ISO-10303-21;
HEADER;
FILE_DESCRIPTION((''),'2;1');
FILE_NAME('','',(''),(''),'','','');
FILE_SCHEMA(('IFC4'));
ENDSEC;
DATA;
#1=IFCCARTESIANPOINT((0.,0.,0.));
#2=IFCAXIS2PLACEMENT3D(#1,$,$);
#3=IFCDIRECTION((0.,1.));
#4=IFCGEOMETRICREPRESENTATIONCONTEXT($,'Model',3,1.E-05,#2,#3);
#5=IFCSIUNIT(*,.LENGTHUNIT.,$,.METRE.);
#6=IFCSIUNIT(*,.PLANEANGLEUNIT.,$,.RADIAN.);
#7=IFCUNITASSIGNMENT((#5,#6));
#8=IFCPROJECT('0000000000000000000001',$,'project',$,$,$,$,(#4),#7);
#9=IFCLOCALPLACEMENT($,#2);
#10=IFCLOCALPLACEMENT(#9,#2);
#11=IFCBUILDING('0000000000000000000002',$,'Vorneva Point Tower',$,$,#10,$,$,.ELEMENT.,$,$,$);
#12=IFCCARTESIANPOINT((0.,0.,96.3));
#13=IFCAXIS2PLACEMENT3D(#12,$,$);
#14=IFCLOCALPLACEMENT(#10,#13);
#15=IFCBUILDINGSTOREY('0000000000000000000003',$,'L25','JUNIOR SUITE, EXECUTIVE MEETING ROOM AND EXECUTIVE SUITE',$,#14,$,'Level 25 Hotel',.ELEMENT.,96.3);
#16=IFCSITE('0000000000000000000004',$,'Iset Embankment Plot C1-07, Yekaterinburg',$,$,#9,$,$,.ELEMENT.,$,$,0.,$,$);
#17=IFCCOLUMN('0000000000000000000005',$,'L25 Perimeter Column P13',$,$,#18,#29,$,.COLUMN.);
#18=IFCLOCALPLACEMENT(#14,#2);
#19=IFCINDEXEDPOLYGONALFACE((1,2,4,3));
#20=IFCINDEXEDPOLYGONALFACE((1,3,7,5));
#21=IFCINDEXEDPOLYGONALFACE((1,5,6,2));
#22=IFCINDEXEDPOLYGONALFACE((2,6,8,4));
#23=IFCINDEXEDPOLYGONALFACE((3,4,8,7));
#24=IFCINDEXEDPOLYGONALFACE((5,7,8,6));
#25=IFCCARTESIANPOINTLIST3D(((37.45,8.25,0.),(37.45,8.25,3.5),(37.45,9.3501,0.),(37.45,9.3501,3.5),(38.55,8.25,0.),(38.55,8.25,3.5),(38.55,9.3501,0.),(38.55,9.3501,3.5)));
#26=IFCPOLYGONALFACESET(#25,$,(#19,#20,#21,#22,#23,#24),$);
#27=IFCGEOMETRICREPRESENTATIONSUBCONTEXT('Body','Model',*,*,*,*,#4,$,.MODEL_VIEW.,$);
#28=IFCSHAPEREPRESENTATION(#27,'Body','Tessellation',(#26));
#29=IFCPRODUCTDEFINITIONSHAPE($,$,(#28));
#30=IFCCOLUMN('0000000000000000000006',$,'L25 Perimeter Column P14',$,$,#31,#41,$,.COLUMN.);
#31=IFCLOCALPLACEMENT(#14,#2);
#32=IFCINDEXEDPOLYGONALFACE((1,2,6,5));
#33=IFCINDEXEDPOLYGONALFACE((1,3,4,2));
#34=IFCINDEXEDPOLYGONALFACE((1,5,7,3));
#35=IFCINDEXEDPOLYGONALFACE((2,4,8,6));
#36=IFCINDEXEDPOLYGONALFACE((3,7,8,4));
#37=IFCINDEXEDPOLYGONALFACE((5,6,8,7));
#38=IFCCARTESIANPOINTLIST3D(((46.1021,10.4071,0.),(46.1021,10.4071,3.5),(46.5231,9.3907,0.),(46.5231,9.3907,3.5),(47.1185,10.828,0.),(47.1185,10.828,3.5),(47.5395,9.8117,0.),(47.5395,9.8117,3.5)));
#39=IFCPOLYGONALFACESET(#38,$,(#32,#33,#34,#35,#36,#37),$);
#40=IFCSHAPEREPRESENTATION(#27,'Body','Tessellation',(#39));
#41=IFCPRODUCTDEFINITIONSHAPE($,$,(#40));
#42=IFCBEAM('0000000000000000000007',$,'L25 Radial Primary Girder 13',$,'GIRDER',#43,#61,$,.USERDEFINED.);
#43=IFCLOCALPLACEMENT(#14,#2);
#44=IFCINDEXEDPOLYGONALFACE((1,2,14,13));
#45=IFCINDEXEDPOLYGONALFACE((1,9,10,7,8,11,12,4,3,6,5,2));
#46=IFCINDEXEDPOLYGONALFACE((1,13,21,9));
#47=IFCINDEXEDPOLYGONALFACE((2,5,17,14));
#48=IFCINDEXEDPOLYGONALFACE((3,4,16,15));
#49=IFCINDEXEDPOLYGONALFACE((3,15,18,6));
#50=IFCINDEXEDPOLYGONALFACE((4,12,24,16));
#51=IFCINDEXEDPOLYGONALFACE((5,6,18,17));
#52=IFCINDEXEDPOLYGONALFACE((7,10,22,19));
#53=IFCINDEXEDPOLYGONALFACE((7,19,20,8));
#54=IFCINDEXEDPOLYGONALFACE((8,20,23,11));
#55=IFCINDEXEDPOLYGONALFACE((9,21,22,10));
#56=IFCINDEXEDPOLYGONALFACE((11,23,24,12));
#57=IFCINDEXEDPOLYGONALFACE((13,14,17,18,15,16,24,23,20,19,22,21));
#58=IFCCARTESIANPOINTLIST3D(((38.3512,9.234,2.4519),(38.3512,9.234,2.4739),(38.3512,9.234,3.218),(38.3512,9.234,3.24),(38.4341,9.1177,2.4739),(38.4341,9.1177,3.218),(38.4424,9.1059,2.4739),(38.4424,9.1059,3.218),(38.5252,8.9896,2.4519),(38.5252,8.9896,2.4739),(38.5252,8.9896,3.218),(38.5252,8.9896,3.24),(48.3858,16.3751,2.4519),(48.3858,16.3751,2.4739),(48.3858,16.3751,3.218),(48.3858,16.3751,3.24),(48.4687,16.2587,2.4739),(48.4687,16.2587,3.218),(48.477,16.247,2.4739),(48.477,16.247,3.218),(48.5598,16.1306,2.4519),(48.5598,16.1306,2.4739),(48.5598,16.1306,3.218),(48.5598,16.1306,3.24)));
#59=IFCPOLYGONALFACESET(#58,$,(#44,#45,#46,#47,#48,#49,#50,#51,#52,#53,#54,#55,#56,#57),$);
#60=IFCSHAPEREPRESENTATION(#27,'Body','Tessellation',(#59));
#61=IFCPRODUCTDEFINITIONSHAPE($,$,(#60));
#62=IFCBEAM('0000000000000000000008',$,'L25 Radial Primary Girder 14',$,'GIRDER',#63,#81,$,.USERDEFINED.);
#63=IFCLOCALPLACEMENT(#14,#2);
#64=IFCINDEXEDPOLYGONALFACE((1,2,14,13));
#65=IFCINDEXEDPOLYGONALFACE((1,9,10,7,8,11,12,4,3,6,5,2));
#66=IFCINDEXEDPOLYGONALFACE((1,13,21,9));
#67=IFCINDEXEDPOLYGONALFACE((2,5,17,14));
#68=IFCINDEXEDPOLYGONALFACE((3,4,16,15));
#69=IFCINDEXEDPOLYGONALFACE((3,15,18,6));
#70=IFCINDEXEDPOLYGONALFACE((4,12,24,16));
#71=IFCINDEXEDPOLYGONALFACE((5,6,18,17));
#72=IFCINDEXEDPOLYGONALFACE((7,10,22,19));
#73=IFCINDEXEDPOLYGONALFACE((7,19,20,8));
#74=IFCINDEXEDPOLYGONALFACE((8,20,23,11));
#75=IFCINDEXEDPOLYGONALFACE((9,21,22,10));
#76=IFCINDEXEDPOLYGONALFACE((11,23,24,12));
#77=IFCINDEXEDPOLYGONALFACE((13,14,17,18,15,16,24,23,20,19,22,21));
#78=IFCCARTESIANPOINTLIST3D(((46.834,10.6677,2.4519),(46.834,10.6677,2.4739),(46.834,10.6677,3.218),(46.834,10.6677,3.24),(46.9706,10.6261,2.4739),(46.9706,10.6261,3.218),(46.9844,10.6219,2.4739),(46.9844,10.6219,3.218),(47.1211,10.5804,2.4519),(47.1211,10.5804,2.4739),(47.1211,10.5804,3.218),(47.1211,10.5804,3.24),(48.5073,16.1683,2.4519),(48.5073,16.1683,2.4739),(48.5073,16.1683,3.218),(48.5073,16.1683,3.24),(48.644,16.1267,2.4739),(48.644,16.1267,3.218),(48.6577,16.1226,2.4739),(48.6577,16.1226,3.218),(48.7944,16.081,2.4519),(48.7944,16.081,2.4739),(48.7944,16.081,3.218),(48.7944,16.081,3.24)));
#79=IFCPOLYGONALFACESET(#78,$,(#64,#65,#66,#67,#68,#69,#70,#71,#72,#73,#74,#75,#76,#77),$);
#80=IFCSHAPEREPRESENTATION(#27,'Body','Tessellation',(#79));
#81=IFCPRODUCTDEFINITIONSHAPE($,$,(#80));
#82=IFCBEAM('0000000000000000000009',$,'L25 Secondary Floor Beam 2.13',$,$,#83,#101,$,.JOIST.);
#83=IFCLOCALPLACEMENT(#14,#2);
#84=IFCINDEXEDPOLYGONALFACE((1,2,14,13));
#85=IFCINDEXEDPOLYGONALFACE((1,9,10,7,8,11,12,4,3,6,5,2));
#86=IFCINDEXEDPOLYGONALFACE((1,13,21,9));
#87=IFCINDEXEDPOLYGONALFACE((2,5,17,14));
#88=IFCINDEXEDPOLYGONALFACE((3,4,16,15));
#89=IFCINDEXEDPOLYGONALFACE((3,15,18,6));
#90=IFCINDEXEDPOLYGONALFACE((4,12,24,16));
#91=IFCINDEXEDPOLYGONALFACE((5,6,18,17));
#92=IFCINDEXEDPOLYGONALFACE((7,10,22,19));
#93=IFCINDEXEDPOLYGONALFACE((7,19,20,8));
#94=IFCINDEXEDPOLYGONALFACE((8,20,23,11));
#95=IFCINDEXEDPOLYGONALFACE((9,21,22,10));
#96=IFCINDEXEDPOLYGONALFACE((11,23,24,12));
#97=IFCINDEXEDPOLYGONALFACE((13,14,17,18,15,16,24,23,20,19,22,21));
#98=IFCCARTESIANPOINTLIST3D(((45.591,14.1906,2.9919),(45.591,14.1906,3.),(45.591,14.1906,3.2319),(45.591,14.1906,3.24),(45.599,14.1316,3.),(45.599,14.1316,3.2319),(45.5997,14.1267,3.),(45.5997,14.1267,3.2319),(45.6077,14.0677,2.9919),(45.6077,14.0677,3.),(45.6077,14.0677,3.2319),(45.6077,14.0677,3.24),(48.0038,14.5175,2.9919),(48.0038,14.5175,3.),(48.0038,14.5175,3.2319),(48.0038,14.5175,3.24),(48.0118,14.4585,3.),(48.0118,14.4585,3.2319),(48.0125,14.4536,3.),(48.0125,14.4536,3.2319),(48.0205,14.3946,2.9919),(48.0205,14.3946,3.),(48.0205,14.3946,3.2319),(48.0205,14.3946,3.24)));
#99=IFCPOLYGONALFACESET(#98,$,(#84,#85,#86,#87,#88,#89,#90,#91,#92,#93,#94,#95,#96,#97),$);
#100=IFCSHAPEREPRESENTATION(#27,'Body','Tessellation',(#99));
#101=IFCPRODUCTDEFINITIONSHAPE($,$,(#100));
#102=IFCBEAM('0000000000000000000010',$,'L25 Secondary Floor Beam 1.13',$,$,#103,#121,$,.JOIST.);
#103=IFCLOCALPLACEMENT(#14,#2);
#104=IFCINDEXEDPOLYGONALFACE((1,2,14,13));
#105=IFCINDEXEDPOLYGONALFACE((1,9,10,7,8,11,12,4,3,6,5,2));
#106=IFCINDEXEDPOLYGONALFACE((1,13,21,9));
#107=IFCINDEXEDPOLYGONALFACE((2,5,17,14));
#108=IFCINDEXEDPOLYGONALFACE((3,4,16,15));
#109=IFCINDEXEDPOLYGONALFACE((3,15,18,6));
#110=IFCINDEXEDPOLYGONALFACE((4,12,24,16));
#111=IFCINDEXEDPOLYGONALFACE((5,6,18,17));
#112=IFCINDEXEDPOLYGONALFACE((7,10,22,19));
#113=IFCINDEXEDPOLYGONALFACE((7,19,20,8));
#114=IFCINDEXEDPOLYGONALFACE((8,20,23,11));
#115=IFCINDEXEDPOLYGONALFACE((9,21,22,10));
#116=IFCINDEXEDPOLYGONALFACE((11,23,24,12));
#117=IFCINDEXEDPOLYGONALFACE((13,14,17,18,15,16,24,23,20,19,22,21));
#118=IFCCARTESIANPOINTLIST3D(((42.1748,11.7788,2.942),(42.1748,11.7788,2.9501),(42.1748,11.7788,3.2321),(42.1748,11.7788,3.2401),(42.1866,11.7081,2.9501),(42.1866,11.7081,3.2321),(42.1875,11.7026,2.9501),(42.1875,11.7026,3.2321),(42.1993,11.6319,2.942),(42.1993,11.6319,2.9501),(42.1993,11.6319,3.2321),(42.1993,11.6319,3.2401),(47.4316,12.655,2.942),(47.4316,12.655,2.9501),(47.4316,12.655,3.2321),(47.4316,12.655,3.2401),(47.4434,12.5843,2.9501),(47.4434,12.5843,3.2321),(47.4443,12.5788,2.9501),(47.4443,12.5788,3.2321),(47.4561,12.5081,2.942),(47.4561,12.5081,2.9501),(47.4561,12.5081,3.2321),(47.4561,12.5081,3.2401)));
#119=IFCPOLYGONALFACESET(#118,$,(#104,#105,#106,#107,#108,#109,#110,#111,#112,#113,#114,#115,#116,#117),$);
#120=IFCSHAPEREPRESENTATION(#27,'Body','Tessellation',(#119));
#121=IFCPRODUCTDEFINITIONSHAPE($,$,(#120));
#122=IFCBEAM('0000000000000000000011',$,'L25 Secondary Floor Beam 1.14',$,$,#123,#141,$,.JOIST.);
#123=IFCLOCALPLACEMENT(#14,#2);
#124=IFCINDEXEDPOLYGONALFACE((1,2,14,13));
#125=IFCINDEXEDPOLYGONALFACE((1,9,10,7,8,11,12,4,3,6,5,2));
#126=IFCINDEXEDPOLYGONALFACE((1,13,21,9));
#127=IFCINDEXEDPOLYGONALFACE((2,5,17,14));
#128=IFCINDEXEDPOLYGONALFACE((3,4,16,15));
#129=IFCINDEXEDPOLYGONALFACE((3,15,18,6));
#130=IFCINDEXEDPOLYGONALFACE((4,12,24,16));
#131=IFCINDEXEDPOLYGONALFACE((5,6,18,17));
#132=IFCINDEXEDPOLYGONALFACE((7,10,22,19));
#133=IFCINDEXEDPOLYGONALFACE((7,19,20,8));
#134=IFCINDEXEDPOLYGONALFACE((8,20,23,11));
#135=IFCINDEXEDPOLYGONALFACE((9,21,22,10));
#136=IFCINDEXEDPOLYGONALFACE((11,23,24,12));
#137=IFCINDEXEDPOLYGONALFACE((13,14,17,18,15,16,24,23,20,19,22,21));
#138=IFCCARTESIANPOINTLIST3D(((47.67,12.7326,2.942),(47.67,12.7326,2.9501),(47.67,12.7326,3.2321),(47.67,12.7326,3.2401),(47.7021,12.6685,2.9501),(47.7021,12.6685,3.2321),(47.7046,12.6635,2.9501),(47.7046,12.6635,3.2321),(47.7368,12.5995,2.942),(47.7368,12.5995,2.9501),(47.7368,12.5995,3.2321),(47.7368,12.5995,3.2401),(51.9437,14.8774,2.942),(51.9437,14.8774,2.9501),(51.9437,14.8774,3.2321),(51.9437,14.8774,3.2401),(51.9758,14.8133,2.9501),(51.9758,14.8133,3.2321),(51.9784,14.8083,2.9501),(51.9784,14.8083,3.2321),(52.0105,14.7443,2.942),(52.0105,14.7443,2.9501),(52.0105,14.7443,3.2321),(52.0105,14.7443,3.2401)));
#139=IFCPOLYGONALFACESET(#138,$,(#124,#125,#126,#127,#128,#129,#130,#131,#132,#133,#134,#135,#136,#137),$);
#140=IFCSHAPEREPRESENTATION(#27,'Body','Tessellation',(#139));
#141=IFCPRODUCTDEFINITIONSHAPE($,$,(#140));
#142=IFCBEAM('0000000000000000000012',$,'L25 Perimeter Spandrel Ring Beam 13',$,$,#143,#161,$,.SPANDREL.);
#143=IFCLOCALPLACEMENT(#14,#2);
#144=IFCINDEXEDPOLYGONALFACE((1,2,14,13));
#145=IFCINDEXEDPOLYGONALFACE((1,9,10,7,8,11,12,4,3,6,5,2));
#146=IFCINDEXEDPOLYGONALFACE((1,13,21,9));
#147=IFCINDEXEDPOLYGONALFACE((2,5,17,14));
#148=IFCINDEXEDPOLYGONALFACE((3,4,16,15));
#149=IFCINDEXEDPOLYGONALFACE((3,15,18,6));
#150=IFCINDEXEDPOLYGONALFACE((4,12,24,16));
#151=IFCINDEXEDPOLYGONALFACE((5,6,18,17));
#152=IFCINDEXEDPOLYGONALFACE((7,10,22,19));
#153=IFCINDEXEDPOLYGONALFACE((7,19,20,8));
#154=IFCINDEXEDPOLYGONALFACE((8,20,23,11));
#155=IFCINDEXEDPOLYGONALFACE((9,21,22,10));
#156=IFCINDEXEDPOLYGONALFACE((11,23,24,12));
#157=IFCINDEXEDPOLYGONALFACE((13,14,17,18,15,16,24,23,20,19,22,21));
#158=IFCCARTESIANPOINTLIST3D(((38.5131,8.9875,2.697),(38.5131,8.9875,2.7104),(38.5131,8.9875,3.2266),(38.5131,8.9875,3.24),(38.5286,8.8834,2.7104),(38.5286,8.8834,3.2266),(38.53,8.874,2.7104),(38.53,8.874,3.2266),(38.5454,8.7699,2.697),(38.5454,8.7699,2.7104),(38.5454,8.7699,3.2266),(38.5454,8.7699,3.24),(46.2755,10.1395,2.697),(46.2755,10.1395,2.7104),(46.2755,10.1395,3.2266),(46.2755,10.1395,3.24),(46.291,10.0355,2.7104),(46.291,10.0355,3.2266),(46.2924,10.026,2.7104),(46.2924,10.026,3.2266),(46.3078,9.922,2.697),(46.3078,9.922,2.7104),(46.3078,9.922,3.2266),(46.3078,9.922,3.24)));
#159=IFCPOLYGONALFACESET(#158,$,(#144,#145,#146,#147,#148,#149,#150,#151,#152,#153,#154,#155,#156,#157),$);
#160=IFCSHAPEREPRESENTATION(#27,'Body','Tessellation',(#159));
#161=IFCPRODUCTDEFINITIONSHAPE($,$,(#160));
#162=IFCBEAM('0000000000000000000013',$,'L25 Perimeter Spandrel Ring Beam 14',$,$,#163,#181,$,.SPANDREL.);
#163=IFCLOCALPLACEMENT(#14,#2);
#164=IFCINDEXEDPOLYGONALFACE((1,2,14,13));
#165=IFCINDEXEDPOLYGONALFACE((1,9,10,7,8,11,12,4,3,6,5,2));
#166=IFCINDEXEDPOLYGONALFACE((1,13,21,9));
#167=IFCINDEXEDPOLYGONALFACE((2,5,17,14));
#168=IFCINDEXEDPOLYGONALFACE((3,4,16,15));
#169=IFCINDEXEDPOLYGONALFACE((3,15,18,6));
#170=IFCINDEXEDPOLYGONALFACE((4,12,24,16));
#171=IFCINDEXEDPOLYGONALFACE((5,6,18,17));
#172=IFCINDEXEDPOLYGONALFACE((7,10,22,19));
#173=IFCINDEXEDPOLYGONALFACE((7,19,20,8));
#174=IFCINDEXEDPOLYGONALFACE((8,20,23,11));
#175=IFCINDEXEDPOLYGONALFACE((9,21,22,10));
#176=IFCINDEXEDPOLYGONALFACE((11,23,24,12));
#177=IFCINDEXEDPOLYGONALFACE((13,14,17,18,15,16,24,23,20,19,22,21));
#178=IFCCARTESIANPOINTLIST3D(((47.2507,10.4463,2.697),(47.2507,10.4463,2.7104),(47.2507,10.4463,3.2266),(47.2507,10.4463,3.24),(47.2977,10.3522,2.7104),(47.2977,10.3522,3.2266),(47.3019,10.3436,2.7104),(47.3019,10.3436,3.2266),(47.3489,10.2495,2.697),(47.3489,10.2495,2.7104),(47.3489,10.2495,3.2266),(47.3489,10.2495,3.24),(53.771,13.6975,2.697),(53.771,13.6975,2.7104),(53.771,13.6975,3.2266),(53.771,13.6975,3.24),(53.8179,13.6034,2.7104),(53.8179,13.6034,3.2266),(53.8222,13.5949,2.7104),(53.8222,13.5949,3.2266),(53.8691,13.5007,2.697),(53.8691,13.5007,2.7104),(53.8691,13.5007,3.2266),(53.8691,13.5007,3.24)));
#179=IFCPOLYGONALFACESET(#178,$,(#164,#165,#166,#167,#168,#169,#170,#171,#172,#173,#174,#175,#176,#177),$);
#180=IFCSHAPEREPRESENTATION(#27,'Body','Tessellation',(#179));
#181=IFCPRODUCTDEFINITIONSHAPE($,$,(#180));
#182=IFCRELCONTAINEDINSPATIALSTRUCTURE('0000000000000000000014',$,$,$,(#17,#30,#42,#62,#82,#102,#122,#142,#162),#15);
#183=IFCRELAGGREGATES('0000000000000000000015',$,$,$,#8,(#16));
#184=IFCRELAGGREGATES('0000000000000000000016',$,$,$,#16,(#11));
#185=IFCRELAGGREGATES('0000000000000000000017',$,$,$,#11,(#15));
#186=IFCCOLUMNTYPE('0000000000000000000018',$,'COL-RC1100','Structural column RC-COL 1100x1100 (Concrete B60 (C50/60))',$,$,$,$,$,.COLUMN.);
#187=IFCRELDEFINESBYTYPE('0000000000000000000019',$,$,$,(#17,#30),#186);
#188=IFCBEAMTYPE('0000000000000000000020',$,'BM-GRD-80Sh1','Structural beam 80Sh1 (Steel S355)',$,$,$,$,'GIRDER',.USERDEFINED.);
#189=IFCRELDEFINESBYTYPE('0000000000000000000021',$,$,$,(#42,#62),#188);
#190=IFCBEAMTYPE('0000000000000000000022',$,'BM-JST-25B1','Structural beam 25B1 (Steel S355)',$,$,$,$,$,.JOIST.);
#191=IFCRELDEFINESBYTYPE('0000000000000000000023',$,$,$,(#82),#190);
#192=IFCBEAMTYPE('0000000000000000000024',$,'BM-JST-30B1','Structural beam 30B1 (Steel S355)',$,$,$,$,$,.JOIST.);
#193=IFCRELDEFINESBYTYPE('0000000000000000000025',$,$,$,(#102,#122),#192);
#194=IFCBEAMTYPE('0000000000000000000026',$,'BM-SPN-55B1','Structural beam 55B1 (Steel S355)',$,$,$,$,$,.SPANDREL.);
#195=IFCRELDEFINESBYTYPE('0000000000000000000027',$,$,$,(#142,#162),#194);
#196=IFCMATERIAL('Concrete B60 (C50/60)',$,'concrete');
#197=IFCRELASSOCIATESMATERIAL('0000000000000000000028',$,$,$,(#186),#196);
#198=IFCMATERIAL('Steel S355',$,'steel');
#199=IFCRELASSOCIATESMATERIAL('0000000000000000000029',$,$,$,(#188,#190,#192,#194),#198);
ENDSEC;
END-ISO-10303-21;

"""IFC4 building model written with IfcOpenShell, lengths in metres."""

from ifc_helpers import new_model, si_unit, direction, frame, origin, origin_2d, place, context, subcontext, project, spatial, rectangle, i_section, extrude, material, material_profile, profile_set, type_object, element, save


model = new_model("IFC4")

# Units and contexts
model_context = context("Model", 3, precision=1e-05, world=origin(), true_north=direction((0.0, 1.0)))
body_context = subcontext(model_context, "Body", "Model", "MODEL_VIEW")
ifc_project = project(units=[si_unit("LENGTHUNIT", "METRE"), si_unit("PLANEANGLEUNIT", "RADIAN")], contexts=[model_context])

# Site, building, storey
site_placement = place(None, origin())
site = spatial("IfcSite", under=ifc_project, at=site_placement, Name="Iset Embankment Plot C1-07, Yekaterinburg", CompositionType="ELEMENT", RefElevation=0.0)
building_placement = place(site_placement, origin())
building = spatial("IfcBuilding", under=site, at=building_placement, Name="Vorneva Point Tower", CompositionType="ELEMENT")
storey_placement = place(building_placement, frame((0.0, 0.0, 96.3)))
storey = spatial("IfcBuildingStorey", under=building, at=storey_placement, Name="L25", Description="JUNIOR SUITE, EXECUTIVE MEETING ROOM AND EXECUTIVE SUITE", LongName="Level 25 Hotel", CompositionType="ELEMENT", Elevation=96.3)

# Columns
ifc_material_1 = material(Name="Concrete B60 (C50/60)", Category="concrete")
ifc_material_profile_1 = material_profile(ifc_material_1, rectangle(XDim=1.1001, YDim=1.1001, at=origin_2d()), Name="RC-COL 1100x1100")
ifc_profile_set_1 = profile_set([ifc_material_profile_1], Name="Concrete B60 (C50/60)")
column_type = type_object("IfcColumnType", Name="COL-RC1100", Description="Structural column RC-COL 1100x1100 (Concrete B60 (C50/60))", PredefinedType="COLUMN", material=ifc_profile_set_1)
for number, where, z_axis, x_axis, name in (
    (1, (38.0, 8.8, 0.0), (0.0, 0.0, 1.0), (0.0, -1.0, 0.0), "L25 Perimeter Column P13"),
    (2, (46.8208, 10.1094, 0.0), (0.0, 0.0, 1.0), (0.382683, -0.92388, 0.0), "L25 Perimeter Column P14"),
):
    element("IfcColumn", number, at=place(storey_placement, frame(where, z_axis=z_axis, x_axis=x_axis)), inside=storey, type_object=column_type, Name=name, PredefinedType="COLUMN", context=body_context, shape_type="SweptSolid", body=[
        extrude(rectangle(XDim=1.1001, YDim=1.1001, at=origin_2d()), origin(), (0.0, 0.0, 1.0), 3.5),
    ])

# Beams
ifc_material_2 = material(Name="Steel S355", Category="steel")
ifc_material_profile_2 = material_profile(ifc_material_2, i_section(OverallWidth=0.3, OverallDepth=0.7881, WebThickness=0.0144, FlangeThickness=0.022, at=origin_2d()), Name="80Sh1")
ifc_profile_set_2 = profile_set([ifc_material_profile_2], Name="Steel S355")
beam_type_1 = type_object("IfcBeamType", Name="BM-GRD-80Sh1", Description="Structural beam 80Sh1 (Steel S355)", ElementType="GIRDER", PredefinedType="USERDEFINED", material=ifc_profile_set_2)
beam_1_placement = place(storey_placement, frame((38.4382, 9.1118, 2.8459), z_axis=(0.81475, 0.579812, 0.0), x_axis=(-0.579812, 0.81475, 0.0)))
element("IfcBeam", 3, at=beam_1_placement, inside=storey, type_object=beam_type_1, Name="L25 Radial Primary Girder 13", ObjectType="GIRDER", PredefinedType="USERDEFINED", context=body_context, shape_type="SweptSolid", body=[
    extrude(i_section(OverallWidth=0.3, OverallDepth=0.7881, WebThickness=0.0144, FlangeThickness=0.022, at=origin_2d()), origin(), (0.0, 0.0, 1.0), 12.3162),
])
beam_2_placement = place(storey_placement, frame((46.9775, 10.624, 2.8459), z_axis=(0.291035, 0.956712, 0.0), x_axis=(-0.956712, 0.291035, 0.0)))
element("IfcBeam", 4, at=beam_2_placement, inside=storey, type_object=beam_type_1, Name="L25 Radial Primary Girder 14", ObjectType="GIRDER", PredefinedType="USERDEFINED", context=body_context, shape_type="SweptSolid", body=[
    extrude(i_section(OverallWidth=0.3, OverallDepth=0.7881, WebThickness=0.0144, FlangeThickness=0.022, at=origin_2d()), origin(), (0.0, 0.0, 1.0), 5.7495),
])
ifc_material_profile_3 = material_profile(ifc_material_2, i_section(OverallWidth=0.124, OverallDepth=0.248, WebThickness=0.0049, FlangeThickness=0.0081, at=origin_2d()), Name="25B1")
ifc_profile_set_3 = profile_set([ifc_material_profile_3], Name="Steel S355")
beam_type_2 = type_object("IfcBeamType", Name="BM-JST-25B1", Description="Structural beam 25B1 (Steel S355)", PredefinedType="JOIST", material=ifc_profile_set_3)
beam_3_placement = place(storey_placement, frame((45.5994, 14.1292, 3.116), z_axis=(0.990946, 0.134259, 0.0), x_axis=(-0.134259, 0.990946, 0.0)))
element("IfcBeam", 5, at=beam_3_placement, inside=storey, type_object=beam_type_2, Name="L25 Secondary Floor Beam 2.13", PredefinedType="JOIST", context=body_context, shape_type="SweptSolid", body=[
    extrude(i_section(OverallWidth=0.124, OverallDepth=0.248, WebThickness=0.0049, FlangeThickness=0.0081, at=origin_2d()), origin(), (0.0, 0.0, 1.0), 2.4348),
])
ifc_material_profile_4 = material_profile(ifc_material_2, i_section(OverallWidth=0.1489, OverallDepth=0.2981, WebThickness=0.0056, FlangeThickness=0.0081, at=origin_2d()), Name="30B1")
ifc_profile_set_4 = profile_set([ifc_material_profile_4], Name="Steel S355")
beam_type_3 = type_object("IfcBeamType", Name="BM-JST-30B1", Description="Structural beam 30B1 (Steel S355)", PredefinedType="JOIST", material=ifc_profile_set_4)
beam_4_placement = place(storey_placement, frame((42.187, 11.7053, 3.0911), z_axis=(0.986391, 0.164414, 0.0), x_axis=(-0.164414, 0.986391, 0.0)))
element("IfcBeam", 6, at=beam_4_placement, inside=storey, type_object=beam_type_3, Name="L25 Secondary Floor Beam 1.13", PredefinedType="JOIST", context=body_context, shape_type="SweptSolid", body=[
    extrude(i_section(OverallWidth=0.1489, OverallDepth=0.2981, WebThickness=0.0056, FlangeThickness=0.0081, at=origin_2d()), origin(), (0.0, 0.0, 1.0), 5.3293),
])
beam_5_placement = place(storey_placement, frame((47.7034, 12.666, 3.0911), z_axis=(0.893762, 0.448541, 0.0), x_axis=(-0.448541, 0.893762, 0.0)))
element("IfcBeam", 7, at=beam_5_placement, inside=storey, type_object=beam_type_3, Name="L25 Secondary Floor Beam 1.14", PredefinedType="JOIST", context=body_context, shape_type="SweptSolid", body=[
    extrude(i_section(OverallWidth=0.1489, OverallDepth=0.2981, WebThickness=0.0056, FlangeThickness=0.0081, at=origin_2d()), origin(), (0.0, 0.0, 1.0), 4.7817),
])
ifc_material_profile_5 = material_profile(ifc_material_2, i_section(OverallWidth=0.22, OverallDepth=0.543, WebThickness=0.0095, FlangeThickness=0.0134, at=origin_2d()), Name="55B1")
ifc_profile_set_5 = profile_set([ifc_material_profile_5], Name="Steel S355")
beam_type_4 = type_object("IfcBeamType", Name="BM-SPN-55B1", Description="Structural beam 55B1 (Steel S355)", PredefinedType="SPANDREL", material=ifc_profile_set_5)
beam_6_placement = place(storey_placement, frame((38.5293, 8.8787, 2.9685), z_axis=(0.989165, 0.146811, 0.0), x_axis=(-0.146811, 0.989165, 0.0)))
element("IfcBeam", 8, at=beam_6_placement, inside=storey, type_object=beam_type_4, Name="L25 Perimeter Spandrel Ring Beam 13", PredefinedType="SPANDREL", context=body_context, shape_type="SweptSolid", body=[
    extrude(i_section(OverallWidth=0.22, OverallDepth=0.543, WebThickness=0.0095, FlangeThickness=0.0134, at=origin_2d()), origin(), (0.0, 0.0, 1.0), 7.8474),
])
beam_7_placement = place(storey_placement, frame((47.2998, 10.3479, 2.9685), z_axis=(0.894916, 0.446235, 0.0), x_axis=(-0.446235, 0.894916, 0.0)))
element("IfcBeam", 9, at=beam_7_placement, inside=storey, type_object=beam_type_4, Name="L25 Perimeter Spandrel Ring Beam 14", PredefinedType="SPANDREL", context=body_context, shape_type="SweptSolid", body=[
    extrude(i_section(OverallWidth=0.22, OverallDepth=0.543, WebThickness=0.0095, FlangeThickness=0.0134, at=origin_2d()), origin(), (0.0, 0.0, 1.0), 7.2859),
])

save(model, "model.ifc")
